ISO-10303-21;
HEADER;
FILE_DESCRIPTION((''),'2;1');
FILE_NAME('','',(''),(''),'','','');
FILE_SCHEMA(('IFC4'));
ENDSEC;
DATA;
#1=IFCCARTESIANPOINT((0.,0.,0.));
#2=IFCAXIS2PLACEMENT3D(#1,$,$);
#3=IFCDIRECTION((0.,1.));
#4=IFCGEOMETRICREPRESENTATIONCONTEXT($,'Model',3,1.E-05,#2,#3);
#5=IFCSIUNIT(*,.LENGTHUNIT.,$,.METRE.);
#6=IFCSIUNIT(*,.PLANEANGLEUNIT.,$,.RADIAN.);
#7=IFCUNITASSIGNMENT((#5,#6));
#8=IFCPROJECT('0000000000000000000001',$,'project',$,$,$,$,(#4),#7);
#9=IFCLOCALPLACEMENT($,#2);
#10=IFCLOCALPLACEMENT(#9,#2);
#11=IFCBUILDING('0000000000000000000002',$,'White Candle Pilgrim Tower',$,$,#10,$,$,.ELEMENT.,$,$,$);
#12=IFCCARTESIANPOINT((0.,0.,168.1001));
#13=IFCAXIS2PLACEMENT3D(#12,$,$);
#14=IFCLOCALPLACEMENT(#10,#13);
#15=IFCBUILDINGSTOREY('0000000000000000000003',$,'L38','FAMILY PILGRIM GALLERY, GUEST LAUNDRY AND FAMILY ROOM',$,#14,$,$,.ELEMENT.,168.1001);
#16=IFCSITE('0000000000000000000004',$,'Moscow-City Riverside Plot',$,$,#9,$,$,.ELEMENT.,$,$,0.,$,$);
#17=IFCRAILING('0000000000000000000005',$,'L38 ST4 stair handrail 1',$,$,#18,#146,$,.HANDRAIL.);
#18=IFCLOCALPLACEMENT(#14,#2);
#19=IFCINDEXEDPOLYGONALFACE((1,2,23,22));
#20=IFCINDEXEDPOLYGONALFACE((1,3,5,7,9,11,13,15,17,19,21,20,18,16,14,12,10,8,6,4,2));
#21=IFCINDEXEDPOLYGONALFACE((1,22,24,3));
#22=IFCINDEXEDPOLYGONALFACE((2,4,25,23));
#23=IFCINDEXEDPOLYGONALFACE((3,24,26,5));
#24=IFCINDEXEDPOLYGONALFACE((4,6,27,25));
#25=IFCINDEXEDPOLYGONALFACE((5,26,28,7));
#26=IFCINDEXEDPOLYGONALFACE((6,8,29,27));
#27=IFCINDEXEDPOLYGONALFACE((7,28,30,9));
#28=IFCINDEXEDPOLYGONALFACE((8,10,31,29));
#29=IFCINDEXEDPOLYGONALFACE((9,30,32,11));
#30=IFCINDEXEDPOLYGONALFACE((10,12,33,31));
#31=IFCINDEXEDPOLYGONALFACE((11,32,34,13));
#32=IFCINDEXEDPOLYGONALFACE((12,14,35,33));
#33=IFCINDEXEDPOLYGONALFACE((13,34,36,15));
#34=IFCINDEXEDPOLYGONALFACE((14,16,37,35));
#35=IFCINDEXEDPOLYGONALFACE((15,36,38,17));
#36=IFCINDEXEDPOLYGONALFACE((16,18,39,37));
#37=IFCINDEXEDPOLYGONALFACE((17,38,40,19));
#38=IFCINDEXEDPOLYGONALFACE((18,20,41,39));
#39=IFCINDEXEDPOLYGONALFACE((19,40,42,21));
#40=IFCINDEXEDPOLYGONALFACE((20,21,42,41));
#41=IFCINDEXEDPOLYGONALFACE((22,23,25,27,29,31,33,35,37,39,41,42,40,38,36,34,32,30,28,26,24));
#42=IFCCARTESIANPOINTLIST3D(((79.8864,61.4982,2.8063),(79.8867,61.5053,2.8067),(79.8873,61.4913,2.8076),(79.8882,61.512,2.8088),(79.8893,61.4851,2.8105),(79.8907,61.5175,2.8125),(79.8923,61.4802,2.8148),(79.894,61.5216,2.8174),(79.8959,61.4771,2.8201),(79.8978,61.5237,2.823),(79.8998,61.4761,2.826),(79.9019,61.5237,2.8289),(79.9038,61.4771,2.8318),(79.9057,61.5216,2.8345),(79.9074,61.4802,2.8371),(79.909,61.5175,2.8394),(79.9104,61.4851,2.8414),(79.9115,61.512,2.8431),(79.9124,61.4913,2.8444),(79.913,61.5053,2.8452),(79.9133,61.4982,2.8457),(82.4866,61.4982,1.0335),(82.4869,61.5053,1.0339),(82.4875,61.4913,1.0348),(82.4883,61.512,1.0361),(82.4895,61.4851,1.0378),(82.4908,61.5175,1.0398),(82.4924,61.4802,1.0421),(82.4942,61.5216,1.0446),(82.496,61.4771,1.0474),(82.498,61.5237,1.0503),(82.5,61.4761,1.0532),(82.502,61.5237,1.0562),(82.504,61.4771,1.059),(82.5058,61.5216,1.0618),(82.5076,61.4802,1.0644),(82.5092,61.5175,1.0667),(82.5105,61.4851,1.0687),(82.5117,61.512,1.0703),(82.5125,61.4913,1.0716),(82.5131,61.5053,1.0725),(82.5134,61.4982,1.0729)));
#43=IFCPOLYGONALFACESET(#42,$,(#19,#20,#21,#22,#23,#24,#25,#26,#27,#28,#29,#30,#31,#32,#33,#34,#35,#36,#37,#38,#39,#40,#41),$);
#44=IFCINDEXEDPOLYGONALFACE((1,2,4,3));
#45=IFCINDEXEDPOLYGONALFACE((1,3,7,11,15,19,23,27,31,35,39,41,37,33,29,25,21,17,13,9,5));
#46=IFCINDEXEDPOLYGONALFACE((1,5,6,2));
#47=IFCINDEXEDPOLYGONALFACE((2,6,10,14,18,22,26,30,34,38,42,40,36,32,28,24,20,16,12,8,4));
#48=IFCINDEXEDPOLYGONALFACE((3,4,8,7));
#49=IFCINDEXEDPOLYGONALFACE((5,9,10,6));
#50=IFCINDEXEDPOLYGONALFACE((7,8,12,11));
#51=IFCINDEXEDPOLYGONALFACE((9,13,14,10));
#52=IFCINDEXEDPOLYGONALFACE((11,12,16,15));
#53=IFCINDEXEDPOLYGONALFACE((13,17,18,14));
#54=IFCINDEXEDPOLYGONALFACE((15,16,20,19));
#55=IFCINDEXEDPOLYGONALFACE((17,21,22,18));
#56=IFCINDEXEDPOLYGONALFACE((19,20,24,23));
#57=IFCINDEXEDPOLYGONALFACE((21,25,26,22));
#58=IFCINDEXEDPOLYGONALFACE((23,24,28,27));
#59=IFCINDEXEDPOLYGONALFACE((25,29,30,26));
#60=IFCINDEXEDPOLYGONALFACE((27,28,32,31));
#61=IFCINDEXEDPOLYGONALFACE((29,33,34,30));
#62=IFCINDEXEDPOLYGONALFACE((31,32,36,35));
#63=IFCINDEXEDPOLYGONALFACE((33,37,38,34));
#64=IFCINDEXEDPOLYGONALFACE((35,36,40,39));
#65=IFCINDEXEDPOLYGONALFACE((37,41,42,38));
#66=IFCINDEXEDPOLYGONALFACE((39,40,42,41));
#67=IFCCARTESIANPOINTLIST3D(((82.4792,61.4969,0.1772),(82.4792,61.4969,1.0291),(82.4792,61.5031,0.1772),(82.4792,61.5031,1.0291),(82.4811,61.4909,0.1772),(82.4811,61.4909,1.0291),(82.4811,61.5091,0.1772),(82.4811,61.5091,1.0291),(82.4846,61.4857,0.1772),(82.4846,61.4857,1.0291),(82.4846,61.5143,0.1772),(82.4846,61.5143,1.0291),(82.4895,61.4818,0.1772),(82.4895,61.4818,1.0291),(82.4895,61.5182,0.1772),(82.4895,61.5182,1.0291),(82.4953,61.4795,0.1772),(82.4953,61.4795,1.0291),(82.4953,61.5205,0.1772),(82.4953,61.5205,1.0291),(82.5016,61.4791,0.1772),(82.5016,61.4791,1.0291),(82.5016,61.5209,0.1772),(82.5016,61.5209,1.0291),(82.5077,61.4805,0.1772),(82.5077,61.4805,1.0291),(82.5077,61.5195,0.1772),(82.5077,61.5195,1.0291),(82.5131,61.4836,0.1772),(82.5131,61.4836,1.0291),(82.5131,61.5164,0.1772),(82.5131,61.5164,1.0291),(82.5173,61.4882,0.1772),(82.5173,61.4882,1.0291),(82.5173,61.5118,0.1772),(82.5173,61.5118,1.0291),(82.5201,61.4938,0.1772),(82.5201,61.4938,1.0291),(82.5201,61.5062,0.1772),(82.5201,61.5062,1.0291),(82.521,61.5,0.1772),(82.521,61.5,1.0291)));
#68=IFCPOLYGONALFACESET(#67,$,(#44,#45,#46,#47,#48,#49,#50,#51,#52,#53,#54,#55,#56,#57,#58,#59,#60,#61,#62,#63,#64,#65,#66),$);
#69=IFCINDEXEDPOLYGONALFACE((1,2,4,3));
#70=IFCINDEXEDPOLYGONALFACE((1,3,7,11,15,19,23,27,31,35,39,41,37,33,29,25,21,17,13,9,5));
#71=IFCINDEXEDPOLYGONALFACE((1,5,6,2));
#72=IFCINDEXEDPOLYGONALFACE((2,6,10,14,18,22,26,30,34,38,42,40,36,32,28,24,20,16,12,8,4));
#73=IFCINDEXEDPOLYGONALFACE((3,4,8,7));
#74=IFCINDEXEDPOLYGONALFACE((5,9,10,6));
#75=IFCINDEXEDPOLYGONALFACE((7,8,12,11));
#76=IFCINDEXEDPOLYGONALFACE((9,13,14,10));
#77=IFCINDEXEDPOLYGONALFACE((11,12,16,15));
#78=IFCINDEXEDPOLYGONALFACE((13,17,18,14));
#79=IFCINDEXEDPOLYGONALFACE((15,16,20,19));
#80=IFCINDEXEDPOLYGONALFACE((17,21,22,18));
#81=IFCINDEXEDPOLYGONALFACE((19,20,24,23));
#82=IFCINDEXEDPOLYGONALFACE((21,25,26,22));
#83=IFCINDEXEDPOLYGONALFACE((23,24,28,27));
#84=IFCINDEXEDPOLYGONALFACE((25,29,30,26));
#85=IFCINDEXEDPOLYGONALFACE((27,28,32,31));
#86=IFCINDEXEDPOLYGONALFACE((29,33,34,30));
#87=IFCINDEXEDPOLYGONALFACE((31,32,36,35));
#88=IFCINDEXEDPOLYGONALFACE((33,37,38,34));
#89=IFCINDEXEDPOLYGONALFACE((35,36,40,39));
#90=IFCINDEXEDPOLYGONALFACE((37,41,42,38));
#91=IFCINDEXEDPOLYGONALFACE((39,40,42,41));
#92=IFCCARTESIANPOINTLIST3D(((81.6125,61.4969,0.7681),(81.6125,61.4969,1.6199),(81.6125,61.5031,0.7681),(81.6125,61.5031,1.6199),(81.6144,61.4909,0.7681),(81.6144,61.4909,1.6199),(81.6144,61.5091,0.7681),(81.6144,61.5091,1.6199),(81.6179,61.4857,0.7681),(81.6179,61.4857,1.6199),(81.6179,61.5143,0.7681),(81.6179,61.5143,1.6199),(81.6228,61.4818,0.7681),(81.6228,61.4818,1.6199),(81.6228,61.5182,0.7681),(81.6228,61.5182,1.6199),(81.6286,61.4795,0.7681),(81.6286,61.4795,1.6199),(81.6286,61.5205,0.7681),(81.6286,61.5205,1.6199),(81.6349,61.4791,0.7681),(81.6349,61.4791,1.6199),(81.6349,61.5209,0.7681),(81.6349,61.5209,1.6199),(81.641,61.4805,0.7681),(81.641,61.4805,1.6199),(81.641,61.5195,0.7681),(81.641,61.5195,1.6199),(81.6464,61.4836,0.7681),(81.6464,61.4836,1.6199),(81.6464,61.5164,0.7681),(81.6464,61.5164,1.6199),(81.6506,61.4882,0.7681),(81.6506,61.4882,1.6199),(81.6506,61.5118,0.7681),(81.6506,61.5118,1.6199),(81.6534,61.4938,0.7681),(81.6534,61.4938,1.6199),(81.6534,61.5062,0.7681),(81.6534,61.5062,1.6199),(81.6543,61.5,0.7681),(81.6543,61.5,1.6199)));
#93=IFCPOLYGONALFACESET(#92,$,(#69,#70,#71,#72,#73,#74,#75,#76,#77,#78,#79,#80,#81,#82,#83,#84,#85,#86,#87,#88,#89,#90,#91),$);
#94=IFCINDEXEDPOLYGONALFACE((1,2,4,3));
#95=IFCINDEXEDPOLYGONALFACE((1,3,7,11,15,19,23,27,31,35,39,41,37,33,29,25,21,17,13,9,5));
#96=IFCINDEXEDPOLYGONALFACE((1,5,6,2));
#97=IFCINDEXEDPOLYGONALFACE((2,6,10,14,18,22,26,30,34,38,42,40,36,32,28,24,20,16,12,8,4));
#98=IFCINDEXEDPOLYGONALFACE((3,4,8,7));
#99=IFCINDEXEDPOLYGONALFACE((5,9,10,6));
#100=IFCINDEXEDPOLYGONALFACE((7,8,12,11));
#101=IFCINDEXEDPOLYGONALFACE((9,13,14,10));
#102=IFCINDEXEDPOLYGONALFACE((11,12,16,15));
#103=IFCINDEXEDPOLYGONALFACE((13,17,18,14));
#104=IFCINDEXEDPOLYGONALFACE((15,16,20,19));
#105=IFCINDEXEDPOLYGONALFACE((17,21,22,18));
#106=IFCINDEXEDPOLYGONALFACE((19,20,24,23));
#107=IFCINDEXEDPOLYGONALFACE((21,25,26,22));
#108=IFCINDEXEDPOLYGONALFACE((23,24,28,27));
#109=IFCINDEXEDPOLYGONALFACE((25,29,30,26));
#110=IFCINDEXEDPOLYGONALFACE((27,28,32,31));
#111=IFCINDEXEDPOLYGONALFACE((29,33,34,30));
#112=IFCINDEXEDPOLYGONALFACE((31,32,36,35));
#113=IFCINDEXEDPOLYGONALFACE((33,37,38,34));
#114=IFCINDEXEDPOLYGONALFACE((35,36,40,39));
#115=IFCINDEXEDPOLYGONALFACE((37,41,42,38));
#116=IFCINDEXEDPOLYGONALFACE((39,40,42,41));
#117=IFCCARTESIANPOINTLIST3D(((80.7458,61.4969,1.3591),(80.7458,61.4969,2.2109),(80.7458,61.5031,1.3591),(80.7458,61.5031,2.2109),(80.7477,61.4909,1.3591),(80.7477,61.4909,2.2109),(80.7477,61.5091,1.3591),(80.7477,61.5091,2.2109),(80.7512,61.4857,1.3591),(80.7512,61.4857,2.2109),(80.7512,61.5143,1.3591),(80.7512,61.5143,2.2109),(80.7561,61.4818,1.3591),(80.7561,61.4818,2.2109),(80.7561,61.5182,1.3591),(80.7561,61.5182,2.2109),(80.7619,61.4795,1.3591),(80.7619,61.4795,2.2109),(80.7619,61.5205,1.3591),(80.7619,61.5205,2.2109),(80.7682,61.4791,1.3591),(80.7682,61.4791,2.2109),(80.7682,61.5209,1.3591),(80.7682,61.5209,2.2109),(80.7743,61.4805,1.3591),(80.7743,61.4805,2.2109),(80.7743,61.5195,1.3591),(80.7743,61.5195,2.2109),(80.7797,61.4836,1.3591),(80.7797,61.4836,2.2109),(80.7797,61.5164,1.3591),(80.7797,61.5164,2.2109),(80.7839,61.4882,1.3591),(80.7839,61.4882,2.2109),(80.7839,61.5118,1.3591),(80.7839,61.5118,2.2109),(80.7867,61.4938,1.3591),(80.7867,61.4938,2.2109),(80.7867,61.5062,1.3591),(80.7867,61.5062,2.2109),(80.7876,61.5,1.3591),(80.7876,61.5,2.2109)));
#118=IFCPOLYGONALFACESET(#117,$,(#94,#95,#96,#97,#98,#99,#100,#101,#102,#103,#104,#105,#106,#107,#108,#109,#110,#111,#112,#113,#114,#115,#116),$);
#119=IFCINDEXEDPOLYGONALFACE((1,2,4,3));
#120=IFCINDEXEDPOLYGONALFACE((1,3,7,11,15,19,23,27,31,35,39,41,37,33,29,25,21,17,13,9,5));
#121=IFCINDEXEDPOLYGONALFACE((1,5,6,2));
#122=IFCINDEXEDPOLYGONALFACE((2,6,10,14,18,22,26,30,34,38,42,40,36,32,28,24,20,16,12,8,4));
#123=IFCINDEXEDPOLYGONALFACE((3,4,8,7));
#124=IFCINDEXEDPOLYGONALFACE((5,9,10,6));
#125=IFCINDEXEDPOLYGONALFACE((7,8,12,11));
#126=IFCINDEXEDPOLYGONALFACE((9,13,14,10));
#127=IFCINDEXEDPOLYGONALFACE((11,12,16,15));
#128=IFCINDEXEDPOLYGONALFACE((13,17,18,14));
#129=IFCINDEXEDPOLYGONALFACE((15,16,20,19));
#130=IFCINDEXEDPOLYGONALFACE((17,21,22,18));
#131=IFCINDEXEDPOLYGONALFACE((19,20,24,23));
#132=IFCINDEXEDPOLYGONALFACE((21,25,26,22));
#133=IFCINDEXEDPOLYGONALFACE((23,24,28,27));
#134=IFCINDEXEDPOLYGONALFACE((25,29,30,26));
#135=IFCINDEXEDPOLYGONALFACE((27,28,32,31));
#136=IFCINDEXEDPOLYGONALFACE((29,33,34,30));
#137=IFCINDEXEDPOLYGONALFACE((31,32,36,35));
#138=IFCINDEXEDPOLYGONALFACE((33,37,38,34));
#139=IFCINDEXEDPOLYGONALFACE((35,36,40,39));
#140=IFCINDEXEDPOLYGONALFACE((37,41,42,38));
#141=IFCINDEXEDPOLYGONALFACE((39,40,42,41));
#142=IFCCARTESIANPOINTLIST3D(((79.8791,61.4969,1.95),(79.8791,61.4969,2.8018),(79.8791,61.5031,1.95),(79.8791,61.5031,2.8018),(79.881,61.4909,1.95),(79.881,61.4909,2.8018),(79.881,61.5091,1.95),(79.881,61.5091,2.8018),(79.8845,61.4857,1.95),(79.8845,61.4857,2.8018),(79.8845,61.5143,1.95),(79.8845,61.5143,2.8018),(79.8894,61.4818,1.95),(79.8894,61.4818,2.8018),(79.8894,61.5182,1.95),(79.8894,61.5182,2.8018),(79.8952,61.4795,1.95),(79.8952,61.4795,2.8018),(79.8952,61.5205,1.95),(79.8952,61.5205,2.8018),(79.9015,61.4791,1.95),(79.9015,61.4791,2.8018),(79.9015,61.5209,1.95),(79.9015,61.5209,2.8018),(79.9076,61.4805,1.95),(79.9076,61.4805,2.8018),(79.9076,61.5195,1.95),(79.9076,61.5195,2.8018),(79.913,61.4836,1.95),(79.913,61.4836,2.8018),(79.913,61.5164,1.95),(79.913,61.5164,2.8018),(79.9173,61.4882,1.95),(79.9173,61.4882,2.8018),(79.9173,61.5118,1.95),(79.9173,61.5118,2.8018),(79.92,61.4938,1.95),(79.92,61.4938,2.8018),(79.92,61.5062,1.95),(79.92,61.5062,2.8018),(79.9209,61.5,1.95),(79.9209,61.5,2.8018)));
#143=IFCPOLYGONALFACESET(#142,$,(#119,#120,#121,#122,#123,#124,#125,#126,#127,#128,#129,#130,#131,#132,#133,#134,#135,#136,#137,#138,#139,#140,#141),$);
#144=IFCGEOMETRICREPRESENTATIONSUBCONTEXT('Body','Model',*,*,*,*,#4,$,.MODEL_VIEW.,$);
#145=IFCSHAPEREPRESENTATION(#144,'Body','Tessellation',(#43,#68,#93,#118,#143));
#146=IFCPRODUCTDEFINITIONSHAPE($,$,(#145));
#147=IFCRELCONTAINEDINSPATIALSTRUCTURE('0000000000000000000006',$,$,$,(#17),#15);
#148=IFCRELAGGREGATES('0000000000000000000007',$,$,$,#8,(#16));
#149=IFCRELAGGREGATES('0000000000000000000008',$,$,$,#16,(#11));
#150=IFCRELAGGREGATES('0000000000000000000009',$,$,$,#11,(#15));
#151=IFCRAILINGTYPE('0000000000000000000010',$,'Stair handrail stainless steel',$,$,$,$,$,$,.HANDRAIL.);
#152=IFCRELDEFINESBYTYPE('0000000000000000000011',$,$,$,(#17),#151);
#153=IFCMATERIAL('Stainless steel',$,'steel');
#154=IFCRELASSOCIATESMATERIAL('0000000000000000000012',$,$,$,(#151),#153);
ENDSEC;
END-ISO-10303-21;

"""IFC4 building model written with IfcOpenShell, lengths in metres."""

from ifc_helpers import new_model, si_unit, direction, frame, origin, origin_2d, place, context, subcontext, project, spatial, circle, extrude, material, type_object, element, save


model = new_model("IFC4")

# Units and contexts
model_context = context("Model", 3, precision=1e-05, world=origin(), true_north=direction((0.0, 1.0)))
body_context = subcontext(model_context, "Body", "Model", "MODEL_VIEW")
ifc_project = project(units=[si_unit("LENGTHUNIT", "METRE"), si_unit("PLANEANGLEUNIT", "RADIAN")], contexts=[model_context])

# Site, building, storey
site_placement = place(None, origin())
site = spatial("IfcSite", under=ifc_project, at=site_placement, Name="Moscow-City Riverside Plot", CompositionType="ELEMENT", RefElevation=0.0)
building_placement = place(site_placement, origin())
building = spatial("IfcBuilding", under=site, at=building_placement, Name="White Candle Pilgrim Tower", CompositionType="ELEMENT")
storey_placement = place(building_placement, frame((0.0, 0.0, 168.1001)))
storey = spatial("IfcBuildingStorey", under=building, at=storey_placement, Name="L38", Description="FAMILY PILGRIM GALLERY, GUEST LAUNDRY AND FAMILY ROOM", CompositionType="ELEMENT", Elevation=168.1001)

# Railing
ifc_material_1 = material(Name="Stainless steel", Category="steel")
railing_type_1 = type_object("IfcRailingType", Name="Stair handrail stainless steel", PredefinedType="HANDRAIL", material=ifc_material_1)
railing_1_placement = place(storey_placement, frame((82.5, 61.5, 0.1772)))
element("IfcRailing", 1, at=railing_1_placement, inside=storey, type_object=railing_type_1, Name="L38 ST4 stair handrail 1", PredefinedType="HANDRAIL", context=body_context, shape_type="SweptSolid", body=[
    extrude(circle(Radius=0.0239, at=origin_2d()), frame((0.0, 0.0, 0.876), z_axis=(-0.82624, 0.0, 0.563318), x_axis=(0.0, -1.0, 0.0)), (0.0, 0.0, 1.0), 3.147),
    extrude(circle(Radius=0.021, at=origin_2d()), origin(), (0.0, 0.0, 1.0), 0.8518),
    extrude(circle(Radius=0.021, at=origin_2d()), frame((-0.8667, 0.0, 0.5908)), (0.0, 0.0, 1.0), 0.8518),
    extrude(circle(Radius=0.021, at=origin_2d()), frame((-1.7334, 0.0, 1.1819)), (0.0, 0.0, 1.0), 0.8518),
    extrude(circle(Radius=0.021, at=origin_2d()), frame((-2.6001, 0.0, 1.7727)), (0.0, 0.0, 1.0), 0.8518),
])

save(model, "model.ifc")
